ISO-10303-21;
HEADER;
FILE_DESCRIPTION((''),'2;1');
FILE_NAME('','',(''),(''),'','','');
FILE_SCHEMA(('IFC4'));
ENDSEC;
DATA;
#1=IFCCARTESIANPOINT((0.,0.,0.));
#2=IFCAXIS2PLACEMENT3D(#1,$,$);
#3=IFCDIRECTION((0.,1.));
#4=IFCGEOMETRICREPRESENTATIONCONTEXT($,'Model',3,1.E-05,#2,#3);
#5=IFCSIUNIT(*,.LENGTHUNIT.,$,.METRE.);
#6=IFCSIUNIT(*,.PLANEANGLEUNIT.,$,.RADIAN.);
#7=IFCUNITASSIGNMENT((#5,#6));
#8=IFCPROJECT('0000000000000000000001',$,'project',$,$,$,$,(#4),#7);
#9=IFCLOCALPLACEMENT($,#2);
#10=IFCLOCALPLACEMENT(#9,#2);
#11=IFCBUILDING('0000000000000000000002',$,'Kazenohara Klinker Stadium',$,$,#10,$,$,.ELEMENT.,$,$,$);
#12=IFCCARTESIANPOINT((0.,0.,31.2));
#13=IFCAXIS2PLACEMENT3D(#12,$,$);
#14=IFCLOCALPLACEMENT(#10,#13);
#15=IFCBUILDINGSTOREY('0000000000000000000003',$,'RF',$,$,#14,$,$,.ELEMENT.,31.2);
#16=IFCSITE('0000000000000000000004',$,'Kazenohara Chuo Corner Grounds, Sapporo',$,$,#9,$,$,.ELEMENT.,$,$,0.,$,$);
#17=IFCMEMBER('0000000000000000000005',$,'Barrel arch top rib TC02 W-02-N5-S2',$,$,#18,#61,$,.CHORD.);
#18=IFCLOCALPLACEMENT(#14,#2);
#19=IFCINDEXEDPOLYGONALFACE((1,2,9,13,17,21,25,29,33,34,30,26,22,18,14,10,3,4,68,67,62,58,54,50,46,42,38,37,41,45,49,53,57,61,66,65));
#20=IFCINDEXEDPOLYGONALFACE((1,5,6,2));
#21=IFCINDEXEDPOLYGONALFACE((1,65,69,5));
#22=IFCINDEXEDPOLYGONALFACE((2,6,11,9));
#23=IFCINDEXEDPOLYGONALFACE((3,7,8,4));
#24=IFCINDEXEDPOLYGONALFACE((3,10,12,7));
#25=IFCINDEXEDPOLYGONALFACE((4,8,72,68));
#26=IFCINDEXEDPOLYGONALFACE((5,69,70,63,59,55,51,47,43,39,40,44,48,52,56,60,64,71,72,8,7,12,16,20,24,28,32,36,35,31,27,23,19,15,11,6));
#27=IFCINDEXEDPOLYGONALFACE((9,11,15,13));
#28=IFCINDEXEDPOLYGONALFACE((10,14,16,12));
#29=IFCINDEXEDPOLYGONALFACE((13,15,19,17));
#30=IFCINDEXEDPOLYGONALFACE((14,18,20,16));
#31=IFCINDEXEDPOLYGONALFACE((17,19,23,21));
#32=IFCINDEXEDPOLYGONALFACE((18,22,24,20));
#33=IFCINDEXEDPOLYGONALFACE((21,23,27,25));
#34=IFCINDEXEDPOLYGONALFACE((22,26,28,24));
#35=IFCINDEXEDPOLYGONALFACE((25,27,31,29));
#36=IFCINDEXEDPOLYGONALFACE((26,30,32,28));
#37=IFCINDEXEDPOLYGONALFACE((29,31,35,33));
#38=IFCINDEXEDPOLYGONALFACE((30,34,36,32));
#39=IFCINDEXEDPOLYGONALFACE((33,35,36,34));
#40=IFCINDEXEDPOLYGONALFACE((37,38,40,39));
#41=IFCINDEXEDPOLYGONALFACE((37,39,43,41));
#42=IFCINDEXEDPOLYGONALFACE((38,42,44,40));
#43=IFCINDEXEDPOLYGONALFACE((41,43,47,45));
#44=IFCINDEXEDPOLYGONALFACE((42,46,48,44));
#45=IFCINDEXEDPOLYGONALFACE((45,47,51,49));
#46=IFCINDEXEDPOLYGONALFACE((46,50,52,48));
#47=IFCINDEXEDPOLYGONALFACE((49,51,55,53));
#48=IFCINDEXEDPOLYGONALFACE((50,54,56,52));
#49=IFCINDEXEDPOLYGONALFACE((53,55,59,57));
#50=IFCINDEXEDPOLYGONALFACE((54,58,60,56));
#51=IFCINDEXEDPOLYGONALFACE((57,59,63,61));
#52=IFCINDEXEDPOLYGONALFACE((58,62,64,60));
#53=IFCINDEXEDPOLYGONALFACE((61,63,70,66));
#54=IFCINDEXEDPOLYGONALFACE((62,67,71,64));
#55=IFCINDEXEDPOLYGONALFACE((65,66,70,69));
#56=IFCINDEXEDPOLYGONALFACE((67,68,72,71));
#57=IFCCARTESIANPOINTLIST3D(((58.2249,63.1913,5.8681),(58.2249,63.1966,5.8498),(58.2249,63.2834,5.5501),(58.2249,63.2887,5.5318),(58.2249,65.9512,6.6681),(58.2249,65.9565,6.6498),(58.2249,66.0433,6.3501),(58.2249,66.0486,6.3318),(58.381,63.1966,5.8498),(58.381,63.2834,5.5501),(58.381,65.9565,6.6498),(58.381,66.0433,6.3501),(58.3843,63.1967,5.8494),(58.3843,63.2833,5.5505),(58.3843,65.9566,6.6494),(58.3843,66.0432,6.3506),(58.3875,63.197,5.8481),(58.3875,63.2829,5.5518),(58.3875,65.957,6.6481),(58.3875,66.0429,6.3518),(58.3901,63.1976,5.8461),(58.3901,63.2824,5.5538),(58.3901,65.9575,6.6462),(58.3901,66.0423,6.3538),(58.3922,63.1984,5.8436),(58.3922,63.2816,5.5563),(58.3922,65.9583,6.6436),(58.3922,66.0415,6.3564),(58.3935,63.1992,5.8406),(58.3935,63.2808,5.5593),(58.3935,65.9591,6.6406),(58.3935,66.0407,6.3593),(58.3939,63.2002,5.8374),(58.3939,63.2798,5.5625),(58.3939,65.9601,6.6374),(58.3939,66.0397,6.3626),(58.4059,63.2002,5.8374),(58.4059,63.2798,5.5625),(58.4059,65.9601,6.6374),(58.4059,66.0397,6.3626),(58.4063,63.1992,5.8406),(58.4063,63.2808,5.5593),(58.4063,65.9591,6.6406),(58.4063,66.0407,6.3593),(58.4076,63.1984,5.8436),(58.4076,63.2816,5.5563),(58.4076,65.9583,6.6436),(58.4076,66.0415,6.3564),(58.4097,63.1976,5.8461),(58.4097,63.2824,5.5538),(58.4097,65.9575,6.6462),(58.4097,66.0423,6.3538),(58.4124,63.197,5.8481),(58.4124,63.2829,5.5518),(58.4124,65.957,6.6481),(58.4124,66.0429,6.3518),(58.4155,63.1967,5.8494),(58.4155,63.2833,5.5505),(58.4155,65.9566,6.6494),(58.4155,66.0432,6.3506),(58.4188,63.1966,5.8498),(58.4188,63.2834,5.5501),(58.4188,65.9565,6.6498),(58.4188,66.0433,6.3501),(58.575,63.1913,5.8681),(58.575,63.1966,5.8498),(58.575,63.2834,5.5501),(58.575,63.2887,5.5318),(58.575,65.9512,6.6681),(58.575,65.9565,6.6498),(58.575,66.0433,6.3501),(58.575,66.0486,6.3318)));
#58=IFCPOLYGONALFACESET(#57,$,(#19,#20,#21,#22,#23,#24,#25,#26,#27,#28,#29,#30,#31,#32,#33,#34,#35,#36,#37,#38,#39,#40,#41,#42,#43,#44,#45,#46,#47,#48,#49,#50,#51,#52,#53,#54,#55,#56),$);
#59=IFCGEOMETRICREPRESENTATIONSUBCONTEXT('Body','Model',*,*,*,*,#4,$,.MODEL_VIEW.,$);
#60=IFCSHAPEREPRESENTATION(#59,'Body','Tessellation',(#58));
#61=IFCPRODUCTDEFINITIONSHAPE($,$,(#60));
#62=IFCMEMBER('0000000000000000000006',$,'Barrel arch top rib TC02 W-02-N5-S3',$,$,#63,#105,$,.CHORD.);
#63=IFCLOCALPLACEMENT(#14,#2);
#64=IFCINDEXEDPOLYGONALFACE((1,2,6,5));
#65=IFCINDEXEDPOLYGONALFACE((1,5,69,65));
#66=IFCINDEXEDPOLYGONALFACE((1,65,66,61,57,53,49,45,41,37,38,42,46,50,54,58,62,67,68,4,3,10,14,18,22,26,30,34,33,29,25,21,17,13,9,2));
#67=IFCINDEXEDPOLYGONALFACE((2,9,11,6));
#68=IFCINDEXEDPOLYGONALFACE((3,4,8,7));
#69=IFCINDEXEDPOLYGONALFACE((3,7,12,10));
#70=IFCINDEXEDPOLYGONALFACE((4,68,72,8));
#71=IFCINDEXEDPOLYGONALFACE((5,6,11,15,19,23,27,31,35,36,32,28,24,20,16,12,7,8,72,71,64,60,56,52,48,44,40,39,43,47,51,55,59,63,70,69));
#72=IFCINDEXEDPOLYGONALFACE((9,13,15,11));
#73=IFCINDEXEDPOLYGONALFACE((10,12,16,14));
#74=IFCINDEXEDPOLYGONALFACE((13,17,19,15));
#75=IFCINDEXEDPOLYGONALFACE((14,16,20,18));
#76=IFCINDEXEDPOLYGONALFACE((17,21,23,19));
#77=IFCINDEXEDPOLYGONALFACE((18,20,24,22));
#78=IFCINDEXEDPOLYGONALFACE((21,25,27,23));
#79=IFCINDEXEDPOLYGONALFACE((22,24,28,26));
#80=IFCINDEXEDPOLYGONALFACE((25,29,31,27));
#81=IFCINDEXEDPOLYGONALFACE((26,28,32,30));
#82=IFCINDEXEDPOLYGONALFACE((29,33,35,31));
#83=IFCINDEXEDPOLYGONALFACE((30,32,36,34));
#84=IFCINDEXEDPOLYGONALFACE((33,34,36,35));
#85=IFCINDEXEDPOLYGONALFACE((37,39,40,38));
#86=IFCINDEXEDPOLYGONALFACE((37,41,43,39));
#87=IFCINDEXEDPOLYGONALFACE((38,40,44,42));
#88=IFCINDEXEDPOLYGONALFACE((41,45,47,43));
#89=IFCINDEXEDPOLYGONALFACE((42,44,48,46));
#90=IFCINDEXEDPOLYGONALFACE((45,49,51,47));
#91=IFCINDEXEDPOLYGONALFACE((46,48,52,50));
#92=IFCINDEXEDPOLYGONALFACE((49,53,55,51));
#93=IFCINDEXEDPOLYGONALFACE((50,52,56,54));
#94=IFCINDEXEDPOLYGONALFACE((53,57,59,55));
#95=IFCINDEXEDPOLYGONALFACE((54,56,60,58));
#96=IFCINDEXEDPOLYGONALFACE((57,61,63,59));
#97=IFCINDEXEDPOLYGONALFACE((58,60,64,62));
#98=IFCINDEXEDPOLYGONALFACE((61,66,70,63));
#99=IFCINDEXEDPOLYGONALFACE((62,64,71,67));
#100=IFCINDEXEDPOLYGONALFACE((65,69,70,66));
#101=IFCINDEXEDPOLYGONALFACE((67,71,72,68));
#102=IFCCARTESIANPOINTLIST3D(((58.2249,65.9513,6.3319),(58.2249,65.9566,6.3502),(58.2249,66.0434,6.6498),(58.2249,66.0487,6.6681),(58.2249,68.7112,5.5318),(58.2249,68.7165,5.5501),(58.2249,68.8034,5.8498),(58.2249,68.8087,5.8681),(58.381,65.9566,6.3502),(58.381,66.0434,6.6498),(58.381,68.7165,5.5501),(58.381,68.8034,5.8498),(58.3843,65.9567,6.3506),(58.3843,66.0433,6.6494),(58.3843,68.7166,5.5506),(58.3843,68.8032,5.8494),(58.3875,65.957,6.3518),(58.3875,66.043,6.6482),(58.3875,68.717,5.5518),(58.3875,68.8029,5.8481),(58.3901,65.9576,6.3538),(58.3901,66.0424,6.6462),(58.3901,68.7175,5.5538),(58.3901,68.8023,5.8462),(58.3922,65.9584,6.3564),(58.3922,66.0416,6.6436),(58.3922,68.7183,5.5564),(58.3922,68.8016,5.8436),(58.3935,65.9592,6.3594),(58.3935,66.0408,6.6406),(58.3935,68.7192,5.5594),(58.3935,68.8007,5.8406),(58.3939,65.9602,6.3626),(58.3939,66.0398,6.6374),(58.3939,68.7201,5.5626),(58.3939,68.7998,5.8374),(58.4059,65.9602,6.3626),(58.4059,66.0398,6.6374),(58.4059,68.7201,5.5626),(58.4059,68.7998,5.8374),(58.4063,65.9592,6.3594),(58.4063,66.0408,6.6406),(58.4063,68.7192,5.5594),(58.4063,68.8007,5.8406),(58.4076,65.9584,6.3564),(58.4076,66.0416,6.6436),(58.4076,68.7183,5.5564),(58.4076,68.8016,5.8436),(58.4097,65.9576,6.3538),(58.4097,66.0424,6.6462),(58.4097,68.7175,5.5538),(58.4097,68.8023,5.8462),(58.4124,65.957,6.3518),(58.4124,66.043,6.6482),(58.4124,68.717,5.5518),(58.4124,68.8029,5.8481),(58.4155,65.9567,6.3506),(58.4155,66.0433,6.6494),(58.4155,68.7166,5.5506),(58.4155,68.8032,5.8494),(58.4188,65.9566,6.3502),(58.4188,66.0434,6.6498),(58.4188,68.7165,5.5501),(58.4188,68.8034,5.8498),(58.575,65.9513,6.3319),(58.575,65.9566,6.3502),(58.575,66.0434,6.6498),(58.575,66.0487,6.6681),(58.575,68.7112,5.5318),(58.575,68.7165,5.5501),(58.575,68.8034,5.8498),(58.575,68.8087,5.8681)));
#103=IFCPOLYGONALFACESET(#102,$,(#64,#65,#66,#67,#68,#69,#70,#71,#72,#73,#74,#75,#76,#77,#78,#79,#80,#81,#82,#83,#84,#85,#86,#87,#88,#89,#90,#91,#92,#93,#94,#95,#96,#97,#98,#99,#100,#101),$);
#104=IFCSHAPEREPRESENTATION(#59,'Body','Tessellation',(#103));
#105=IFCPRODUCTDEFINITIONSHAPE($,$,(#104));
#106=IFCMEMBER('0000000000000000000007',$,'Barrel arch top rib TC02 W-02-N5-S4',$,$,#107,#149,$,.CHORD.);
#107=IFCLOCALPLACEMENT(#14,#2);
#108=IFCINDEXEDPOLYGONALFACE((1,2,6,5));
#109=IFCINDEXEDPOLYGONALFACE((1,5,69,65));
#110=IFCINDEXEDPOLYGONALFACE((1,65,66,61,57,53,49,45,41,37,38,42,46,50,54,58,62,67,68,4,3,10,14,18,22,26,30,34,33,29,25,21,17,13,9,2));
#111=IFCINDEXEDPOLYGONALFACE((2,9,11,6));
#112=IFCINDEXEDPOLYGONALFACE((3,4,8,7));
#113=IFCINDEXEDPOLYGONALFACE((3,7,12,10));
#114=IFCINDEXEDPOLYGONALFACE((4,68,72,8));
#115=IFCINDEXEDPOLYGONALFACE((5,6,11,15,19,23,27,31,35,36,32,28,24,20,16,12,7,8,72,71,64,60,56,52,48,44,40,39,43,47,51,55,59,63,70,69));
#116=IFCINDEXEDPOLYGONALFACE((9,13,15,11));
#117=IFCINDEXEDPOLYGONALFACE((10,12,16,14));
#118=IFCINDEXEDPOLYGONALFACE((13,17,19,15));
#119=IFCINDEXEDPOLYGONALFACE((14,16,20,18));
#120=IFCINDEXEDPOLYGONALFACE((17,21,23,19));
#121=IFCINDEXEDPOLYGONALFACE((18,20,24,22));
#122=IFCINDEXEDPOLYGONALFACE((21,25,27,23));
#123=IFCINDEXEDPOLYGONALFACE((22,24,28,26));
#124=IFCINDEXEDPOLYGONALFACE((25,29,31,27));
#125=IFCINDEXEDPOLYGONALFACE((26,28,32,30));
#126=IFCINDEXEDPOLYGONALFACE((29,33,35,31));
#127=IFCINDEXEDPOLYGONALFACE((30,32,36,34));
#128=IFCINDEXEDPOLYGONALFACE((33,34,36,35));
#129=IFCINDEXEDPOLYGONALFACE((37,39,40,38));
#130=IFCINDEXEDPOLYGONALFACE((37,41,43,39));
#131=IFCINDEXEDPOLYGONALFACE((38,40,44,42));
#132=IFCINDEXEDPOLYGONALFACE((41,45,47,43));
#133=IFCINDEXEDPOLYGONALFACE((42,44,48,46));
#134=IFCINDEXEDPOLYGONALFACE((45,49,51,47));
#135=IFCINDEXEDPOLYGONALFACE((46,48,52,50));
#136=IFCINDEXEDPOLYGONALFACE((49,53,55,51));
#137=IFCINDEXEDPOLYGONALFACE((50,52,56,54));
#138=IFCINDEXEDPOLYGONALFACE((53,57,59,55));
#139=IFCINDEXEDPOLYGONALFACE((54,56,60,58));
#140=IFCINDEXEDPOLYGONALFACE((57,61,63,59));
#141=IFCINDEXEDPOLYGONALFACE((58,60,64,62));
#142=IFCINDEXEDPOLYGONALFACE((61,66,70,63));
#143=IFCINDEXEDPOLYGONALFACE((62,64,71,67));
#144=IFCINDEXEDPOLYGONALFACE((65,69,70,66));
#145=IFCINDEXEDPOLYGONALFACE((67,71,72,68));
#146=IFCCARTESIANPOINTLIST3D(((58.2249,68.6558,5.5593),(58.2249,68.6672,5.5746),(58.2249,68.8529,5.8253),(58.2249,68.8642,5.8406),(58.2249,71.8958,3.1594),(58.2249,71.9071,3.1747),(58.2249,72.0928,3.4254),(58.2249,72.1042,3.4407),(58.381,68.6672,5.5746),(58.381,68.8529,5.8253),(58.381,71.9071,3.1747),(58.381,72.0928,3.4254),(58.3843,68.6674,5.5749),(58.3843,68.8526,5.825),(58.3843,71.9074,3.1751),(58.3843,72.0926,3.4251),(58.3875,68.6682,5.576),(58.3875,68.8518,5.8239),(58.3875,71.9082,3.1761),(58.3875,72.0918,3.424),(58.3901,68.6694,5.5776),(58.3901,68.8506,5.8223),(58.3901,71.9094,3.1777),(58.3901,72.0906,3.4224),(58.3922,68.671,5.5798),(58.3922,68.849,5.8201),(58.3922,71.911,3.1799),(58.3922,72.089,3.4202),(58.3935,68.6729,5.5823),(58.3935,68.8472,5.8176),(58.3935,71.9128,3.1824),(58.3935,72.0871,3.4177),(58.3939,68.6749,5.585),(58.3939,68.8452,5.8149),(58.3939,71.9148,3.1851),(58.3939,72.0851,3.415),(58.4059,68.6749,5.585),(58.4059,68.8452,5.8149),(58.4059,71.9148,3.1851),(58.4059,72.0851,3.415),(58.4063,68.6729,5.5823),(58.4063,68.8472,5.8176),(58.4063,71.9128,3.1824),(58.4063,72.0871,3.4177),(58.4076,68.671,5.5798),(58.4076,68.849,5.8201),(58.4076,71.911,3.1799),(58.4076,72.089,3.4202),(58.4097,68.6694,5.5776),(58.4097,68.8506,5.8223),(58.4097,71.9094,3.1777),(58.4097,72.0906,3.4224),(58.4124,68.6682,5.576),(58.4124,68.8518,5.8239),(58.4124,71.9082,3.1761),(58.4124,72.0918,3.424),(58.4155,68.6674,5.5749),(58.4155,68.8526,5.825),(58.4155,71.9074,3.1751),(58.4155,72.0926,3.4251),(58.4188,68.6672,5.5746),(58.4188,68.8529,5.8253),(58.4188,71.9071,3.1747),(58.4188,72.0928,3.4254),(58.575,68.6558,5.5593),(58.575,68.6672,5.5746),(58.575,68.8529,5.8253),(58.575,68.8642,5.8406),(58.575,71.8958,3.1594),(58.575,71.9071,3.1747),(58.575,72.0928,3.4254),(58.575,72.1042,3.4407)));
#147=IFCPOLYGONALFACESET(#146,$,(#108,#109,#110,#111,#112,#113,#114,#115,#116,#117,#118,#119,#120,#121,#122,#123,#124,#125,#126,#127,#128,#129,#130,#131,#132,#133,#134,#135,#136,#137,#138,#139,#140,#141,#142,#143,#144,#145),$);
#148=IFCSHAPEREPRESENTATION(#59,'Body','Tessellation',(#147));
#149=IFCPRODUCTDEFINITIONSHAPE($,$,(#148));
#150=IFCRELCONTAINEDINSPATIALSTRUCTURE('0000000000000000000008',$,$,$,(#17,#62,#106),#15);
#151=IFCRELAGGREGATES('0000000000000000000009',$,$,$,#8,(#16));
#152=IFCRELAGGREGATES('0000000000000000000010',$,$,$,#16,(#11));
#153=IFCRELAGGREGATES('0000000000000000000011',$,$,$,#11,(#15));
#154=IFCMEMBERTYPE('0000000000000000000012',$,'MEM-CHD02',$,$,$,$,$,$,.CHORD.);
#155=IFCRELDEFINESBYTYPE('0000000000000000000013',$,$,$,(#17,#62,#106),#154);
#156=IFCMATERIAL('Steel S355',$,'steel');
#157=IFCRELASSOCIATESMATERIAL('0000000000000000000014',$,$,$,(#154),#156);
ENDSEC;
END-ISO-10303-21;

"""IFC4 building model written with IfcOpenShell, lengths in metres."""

from ifc_helpers import new_model, si_unit, direction, frame, origin, origin_2d, place, context, subcontext, project, spatial, i_section, extrude, material, material_profile, profile_set, type_object, element, save


model = new_model("IFC4")

# Units and contexts
model_context = context("Model", 3, precision=1e-05, world=origin(), true_north=direction((0.0, 1.0)))
body_context = subcontext(model_context, "Body", "Model", "MODEL_VIEW")
ifc_project = project(units=[si_unit("LENGTHUNIT", "METRE"), si_unit("PLANEANGLEUNIT", "RADIAN")], contexts=[model_context])

# Site, building, storey
site_placement = place(None, origin())
site = spatial("IfcSite", under=ifc_project, at=site_placement, Name="Kazenohara Chuo Corner Grounds, Sapporo", CompositionType="ELEMENT", RefElevation=0.0)
building_placement = place(site_placement, origin())
building = spatial("IfcBuilding", under=site, at=building_placement, Name="Kazenohara Klinker Stadium", CompositionType="ELEMENT")
storey_placement = place(building_placement, frame((0.0, 0.0, 31.2)))
storey = spatial("IfcBuildingStorey", under=building, at=storey_placement, Name="RF", CompositionType="ELEMENT", Elevation=31.2)

# Members
ifc_material_1 = material(Name="Steel S355", Category="steel")
ifc_material_profile_1 = material_profile(ifc_material_1, i_section(OverallWidth=0.3501, OverallDepth=0.3501, WebThickness=0.012, FlangeThickness=0.019, FilletRadius=0.0129, at=origin_2d()), Name="H-350x350x12x19")
ifc_profile_set_1 = profile_set([ifc_material_profile_1], Name="Steel S355")
member_type_1 = type_object("IfcMemberType", Name="MEM-CHD02", PredefinedType="CHORD", material=ifc_profile_set_1)
for number, where, z_axis, x_axis, name in (
    (1, (58.3999, 63.24, 5.7), (0.0, 0.960462, 0.278411), (-1.0, 0.0, 0.0), "Barrel arch top rib TC02 W-02-N5-S2"),
    (2, (58.3999, 66.0, 6.5), (0.0, 0.960462, -0.278411), (-1.0, 0.0, 0.0), "Barrel arch top rib TC02 W-02-N5-S3"),
):
    element("IfcMember", number, at=place(storey_placement, frame(where, z_axis=z_axis, x_axis=x_axis)), inside=storey, type_object=member_type_1, Name=name, PredefinedType="CHORD", context=body_context, shape_type="SweptSolid", body=[
        extrude(i_section(OverallWidth=0.3501, OverallDepth=0.3501, WebThickness=0.012, FlangeThickness=0.019, FilletRadius=0.0129, at=origin_2d()), origin(), (0.0, 0.0, 1.0), 2.8735),
    ])
member_1_placement = place(storey_placement, frame((58.3999, 68.76, 5.7), z_axis=(0.0, 0.803568, -0.595213), x_axis=(-1.0, 0.0, 0.0)))
element("IfcMember", 3, at=member_1_placement, inside=storey, type_object=member_type_1, Name="Barrel arch top rib TC02 W-02-N5-S4", PredefinedType="CHORD", context=body_context, shape_type="SweptSolid", body=[
    extrude(i_section(OverallWidth=0.3501, OverallDepth=0.3501, WebThickness=0.012, FlangeThickness=0.019, FilletRadius=0.0129, at=origin_2d()), origin(), (0.0, 0.0, 1.0), 4.032),
])

save(model, "model.ifc")
